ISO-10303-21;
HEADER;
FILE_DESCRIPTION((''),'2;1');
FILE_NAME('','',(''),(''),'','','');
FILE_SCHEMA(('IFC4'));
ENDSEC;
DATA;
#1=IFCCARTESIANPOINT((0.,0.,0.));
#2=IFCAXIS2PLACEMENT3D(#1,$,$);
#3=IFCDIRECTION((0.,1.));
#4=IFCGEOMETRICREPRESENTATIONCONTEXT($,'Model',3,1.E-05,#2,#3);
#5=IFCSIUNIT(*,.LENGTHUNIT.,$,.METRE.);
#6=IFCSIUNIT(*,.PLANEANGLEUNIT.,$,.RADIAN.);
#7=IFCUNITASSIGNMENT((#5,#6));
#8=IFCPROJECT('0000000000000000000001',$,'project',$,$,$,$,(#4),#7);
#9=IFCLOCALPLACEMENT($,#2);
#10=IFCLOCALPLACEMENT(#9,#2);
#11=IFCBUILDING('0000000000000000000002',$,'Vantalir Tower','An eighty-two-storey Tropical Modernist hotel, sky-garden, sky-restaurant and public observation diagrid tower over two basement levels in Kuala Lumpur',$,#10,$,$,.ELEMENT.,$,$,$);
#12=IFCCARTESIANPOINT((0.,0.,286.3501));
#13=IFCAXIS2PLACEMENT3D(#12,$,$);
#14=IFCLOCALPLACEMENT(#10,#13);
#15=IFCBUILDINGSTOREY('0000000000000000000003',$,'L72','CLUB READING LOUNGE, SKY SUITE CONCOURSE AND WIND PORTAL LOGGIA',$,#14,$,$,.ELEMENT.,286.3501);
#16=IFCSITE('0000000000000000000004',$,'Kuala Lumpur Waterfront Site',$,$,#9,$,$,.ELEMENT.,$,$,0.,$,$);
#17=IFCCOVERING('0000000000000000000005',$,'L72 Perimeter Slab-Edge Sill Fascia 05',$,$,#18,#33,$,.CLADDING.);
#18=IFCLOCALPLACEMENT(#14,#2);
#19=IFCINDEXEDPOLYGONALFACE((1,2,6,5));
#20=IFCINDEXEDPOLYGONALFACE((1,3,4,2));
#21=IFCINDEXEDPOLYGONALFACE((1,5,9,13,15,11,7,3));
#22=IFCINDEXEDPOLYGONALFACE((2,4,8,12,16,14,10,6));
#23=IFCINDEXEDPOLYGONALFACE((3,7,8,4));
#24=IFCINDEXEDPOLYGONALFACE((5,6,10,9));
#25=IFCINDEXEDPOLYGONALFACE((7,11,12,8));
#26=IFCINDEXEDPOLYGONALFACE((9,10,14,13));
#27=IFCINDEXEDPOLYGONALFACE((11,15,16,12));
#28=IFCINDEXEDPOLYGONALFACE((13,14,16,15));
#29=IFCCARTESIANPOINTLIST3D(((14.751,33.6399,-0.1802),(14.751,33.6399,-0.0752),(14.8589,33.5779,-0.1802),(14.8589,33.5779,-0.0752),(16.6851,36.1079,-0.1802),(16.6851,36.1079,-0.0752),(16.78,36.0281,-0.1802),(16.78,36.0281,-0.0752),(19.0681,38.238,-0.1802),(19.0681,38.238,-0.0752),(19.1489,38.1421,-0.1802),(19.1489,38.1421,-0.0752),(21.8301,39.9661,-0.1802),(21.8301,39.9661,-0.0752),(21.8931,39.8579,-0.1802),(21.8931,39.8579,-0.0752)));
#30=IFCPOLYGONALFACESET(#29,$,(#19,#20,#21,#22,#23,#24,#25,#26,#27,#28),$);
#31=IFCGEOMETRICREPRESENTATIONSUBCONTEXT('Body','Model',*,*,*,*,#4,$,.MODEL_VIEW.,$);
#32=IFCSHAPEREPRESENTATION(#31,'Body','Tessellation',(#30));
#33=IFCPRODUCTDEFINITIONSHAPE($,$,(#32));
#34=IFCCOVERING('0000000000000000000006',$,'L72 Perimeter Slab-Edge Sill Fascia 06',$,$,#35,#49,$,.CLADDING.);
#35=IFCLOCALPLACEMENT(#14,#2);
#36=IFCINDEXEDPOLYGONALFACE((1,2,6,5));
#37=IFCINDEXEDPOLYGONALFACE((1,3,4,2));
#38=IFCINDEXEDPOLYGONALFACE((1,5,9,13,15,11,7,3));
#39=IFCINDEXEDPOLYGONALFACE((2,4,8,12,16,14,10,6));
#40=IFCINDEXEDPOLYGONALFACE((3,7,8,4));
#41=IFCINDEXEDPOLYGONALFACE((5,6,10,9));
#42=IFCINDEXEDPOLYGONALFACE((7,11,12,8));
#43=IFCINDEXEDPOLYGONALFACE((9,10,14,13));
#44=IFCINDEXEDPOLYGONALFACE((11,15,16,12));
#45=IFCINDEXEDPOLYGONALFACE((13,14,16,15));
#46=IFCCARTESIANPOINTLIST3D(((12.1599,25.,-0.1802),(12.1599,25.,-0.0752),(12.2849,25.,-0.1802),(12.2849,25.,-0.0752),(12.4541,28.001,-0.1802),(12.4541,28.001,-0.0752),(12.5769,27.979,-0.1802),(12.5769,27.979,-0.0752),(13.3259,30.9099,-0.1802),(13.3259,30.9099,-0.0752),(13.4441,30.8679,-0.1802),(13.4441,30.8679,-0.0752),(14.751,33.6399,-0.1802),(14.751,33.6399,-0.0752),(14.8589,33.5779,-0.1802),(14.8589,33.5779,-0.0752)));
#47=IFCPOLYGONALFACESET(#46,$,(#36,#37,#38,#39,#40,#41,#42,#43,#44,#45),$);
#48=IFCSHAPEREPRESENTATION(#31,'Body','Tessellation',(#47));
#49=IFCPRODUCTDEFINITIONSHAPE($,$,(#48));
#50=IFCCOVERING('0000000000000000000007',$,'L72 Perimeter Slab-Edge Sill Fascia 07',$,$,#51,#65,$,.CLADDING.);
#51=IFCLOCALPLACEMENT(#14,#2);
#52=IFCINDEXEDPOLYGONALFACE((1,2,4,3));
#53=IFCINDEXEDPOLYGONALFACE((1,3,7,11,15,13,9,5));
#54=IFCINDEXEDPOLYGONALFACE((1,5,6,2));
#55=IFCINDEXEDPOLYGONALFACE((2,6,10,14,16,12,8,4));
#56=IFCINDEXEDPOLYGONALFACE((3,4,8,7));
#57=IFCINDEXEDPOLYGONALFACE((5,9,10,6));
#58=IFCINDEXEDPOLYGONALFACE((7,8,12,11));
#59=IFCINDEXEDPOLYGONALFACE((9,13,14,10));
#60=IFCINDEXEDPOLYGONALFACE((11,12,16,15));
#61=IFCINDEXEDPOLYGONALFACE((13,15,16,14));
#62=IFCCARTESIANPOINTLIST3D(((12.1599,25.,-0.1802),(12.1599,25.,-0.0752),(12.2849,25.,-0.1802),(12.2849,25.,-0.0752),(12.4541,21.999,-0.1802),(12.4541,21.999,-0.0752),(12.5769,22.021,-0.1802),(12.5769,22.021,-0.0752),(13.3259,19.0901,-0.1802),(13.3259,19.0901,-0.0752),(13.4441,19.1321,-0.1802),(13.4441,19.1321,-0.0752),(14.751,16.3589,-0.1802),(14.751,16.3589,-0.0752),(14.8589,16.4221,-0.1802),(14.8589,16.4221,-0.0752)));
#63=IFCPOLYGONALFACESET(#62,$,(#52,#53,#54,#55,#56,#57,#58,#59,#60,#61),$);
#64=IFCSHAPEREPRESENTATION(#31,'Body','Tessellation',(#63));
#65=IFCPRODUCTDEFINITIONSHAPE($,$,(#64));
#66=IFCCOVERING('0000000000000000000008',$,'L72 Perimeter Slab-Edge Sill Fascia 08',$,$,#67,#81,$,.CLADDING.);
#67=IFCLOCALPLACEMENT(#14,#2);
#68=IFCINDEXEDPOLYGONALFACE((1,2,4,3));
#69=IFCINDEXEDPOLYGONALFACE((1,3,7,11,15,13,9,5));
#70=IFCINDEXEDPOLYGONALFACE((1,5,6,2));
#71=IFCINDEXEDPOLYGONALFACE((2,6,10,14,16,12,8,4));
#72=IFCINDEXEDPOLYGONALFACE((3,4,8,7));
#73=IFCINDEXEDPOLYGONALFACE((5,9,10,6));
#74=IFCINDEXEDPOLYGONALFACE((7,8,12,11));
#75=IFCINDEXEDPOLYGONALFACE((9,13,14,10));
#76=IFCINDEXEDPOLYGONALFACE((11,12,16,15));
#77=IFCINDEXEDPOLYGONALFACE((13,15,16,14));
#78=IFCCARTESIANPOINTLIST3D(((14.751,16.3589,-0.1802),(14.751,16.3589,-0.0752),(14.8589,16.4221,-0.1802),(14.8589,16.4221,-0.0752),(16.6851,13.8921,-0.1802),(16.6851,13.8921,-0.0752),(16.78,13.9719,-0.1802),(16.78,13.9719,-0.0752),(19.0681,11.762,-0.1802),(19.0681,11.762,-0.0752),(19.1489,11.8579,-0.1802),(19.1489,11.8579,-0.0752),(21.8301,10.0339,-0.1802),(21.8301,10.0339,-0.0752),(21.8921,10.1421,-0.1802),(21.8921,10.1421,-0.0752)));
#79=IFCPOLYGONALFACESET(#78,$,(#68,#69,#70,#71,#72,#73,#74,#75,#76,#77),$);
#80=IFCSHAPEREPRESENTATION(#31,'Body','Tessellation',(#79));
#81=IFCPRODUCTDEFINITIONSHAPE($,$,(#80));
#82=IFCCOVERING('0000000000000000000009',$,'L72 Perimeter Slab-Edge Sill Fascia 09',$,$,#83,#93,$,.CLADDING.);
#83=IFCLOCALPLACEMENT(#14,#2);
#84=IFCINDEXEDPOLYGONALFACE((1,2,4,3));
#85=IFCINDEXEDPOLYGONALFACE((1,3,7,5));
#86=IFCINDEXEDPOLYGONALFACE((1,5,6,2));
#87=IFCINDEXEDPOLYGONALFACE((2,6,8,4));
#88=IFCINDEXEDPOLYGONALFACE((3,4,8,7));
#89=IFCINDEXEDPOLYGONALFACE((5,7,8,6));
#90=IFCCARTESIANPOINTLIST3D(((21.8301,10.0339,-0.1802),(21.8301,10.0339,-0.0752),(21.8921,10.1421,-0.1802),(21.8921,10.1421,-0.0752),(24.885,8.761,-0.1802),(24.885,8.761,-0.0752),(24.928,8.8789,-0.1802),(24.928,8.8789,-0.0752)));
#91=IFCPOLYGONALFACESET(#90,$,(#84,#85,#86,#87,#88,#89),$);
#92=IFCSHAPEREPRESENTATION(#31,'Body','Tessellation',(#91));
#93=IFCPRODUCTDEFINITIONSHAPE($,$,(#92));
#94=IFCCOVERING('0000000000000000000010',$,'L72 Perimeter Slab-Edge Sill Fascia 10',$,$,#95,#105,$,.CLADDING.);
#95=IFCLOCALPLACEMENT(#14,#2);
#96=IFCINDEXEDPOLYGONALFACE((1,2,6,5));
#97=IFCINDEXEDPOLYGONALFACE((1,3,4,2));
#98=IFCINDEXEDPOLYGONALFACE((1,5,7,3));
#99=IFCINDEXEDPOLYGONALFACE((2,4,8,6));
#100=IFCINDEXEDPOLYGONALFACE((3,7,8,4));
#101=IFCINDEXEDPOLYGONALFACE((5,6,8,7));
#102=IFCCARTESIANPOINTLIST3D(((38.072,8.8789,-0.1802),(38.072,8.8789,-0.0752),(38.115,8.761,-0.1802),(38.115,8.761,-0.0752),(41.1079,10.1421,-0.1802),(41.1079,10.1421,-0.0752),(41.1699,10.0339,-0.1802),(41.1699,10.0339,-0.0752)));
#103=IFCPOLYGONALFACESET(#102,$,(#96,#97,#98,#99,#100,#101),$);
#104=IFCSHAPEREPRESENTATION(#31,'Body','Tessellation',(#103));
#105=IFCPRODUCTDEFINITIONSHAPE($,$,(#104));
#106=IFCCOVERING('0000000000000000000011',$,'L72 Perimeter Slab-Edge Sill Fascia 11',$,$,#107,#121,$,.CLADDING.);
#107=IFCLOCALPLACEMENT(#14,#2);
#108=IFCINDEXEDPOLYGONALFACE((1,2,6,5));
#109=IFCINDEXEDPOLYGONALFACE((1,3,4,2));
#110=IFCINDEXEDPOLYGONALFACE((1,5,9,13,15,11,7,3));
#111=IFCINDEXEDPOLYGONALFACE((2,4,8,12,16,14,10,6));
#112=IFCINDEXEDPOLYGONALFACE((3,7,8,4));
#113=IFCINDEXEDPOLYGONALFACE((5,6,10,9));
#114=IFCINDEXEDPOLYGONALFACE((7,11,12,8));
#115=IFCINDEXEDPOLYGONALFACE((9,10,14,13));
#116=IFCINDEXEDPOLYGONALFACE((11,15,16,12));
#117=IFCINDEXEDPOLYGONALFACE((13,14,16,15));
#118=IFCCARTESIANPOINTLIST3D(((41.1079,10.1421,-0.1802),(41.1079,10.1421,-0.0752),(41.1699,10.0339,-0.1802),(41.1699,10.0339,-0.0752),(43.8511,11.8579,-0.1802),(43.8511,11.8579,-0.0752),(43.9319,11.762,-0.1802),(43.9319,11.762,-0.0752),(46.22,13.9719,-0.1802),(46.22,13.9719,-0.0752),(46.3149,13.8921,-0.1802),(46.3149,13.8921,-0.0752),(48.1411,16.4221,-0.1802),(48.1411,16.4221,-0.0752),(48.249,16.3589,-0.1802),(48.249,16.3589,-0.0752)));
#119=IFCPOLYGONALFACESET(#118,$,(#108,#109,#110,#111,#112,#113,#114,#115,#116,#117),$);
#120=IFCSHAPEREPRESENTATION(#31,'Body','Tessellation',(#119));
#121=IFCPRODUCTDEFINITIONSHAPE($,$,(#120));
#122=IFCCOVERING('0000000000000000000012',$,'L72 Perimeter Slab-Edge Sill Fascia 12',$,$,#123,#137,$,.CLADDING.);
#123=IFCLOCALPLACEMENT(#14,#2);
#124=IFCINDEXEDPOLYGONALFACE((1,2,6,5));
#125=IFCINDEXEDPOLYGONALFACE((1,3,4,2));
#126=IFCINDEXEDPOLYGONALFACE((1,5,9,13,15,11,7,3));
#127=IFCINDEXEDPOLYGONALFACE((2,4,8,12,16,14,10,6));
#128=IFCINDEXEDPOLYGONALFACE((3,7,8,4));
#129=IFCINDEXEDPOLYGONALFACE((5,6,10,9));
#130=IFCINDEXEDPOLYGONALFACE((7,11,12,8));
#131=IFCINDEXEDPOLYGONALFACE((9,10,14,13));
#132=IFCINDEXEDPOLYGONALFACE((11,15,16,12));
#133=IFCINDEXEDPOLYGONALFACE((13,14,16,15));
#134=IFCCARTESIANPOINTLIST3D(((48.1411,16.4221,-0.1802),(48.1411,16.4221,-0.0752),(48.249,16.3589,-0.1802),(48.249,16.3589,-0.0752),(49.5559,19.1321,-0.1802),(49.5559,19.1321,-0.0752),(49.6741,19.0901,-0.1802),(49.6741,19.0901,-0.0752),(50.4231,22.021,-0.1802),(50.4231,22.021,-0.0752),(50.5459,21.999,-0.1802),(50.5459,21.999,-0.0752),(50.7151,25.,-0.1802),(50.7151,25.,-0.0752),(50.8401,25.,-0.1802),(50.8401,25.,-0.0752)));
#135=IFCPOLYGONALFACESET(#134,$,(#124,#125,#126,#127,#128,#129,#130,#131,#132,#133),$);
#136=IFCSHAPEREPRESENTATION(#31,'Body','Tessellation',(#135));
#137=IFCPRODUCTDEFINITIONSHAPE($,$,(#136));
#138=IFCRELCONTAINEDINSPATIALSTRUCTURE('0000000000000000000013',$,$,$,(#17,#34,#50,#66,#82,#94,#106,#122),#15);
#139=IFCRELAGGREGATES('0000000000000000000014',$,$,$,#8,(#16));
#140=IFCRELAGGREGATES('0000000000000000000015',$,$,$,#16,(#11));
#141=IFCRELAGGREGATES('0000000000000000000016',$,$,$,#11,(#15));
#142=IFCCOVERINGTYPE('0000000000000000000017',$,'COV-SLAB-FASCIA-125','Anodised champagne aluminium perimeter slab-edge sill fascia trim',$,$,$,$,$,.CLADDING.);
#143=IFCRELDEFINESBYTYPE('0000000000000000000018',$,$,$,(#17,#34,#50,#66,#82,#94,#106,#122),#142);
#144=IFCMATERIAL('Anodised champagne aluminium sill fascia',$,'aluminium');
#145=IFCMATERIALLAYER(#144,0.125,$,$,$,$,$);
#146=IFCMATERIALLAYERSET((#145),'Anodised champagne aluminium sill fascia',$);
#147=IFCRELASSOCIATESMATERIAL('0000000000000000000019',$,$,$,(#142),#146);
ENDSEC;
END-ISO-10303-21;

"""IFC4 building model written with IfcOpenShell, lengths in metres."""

from ifc_helpers import new_model, si_unit, direction, frame, origin, place, context, subcontext, project, spatial, polyline, outline, extrude, material, layer, layer_set, type_object, element, save


model = new_model("IFC4")

# Units and contexts
model_context = context("Model", 3, precision=1e-05, world=origin(), true_north=direction((0.0, 1.0)))
body_context = subcontext(model_context, "Body", "Model", "MODEL_VIEW")
ifc_project = project(units=[si_unit("LENGTHUNIT", "METRE"), si_unit("PLANEANGLEUNIT", "RADIAN")], contexts=[model_context])

# Site, building, storey
site_placement = place(None, origin())
site = spatial("IfcSite", under=ifc_project, at=site_placement, Name="Kuala Lumpur Waterfront Site", CompositionType="ELEMENT", RefElevation=0.0)
building_placement = place(site_placement, origin())
building = spatial("IfcBuilding", under=site, at=building_placement, Name="Vantalir Tower", Description="An eighty-two-storey Tropical Modernist hotel, sky-garden, sky-restaurant and public observation diagrid tower over two basement levels in Kuala Lumpur", CompositionType="ELEMENT")
storey_placement = place(building_placement, frame((0.0, 0.0, 286.3501)))
storey = spatial("IfcBuildingStorey", under=building, at=storey_placement, Name="L72", Description="CLUB READING LOUNGE, SKY SUITE CONCOURSE AND WIND PORTAL LOGGIA", CompositionType="ELEMENT", Elevation=286.3501)

# Coverings
ifc_material_1 = material(Name="Anodised champagne aluminium sill fascia", Category="aluminium")
ifc_layer_1 = layer(ifc_material_1, 0.125)
ifc_layer_set_1 = layer_set([ifc_layer_1], Name="Anodised champagne aluminium sill fascia")
covering_type = type_object("IfcCoveringType", Name="COV-SLAB-FASCIA-125", Description="Anodised champagne aluminium perimeter slab-edge sill fascia trim", PredefinedType="CLADDING", material=ifc_layer_set_1)
covering_1_placement = place(storey_placement, frame((0.0, 0.0, -0.1802)))
element("IfcCovering", 1, at=covering_1_placement, inside=storey, type_object=covering_type, Name="L72 Perimeter Slab-Edge Sill Fascia 05", PredefinedType="CLADDING", context=body_context, shape_type="SweptSolid", body=[
    extrude(outline(polyline([(21.8301, 39.9661), (19.0681, 38.238), (16.6851, 36.1079), (14.751, 33.6399), (14.8589, 33.5779), (16.78, 36.0281), (19.1489, 38.1421), (21.8931, 39.8579), (21.8301, 39.9661)])), origin(), (0.0, 0.0, 1.0), 0.105),
])
covering_2_placement = place(storey_placement, frame((0.0, 0.0, -0.1802)))
element("IfcCovering", 2, at=covering_2_placement, inside=storey, type_object=covering_type, Name="L72 Perimeter Slab-Edge Sill Fascia 06", PredefinedType="CLADDING", context=body_context, shape_type="SweptSolid", body=[
    extrude(outline(polyline([(14.751, 33.6399), (13.3259, 30.9099), (12.4541, 28.001), (12.1599, 25.0), (12.2849, 25.0), (12.5769, 27.979), (13.4441, 30.8679), (14.8589, 33.5779), (14.751, 33.6399)])), origin(), (0.0, 0.0, 1.0), 0.105),
])
covering_3_placement = place(storey_placement, frame((0.0, 0.0, -0.1802)))
element("IfcCovering", 3, at=covering_3_placement, inside=storey, type_object=covering_type, Name="L72 Perimeter Slab-Edge Sill Fascia 07", PredefinedType="CLADDING", context=body_context, shape_type="SweptSolid", body=[
    extrude(outline(polyline([(12.1599, 25.0), (12.4541, 21.999), (13.3259, 19.0901), (14.751, 16.3589), (14.8589, 16.4221), (13.4441, 19.1321), (12.5769, 22.021), (12.2849, 25.0), (12.1599, 25.0)])), origin(), (0.0, 0.0, 1.0), 0.105),
])
covering_4_placement = place(storey_placement, frame((0.0, 0.0, -0.1802)))
element("IfcCovering", 4, at=covering_4_placement, inside=storey, type_object=covering_type, Name="L72 Perimeter Slab-Edge Sill Fascia 08", PredefinedType="CLADDING", context=body_context, shape_type="SweptSolid", body=[
    extrude(outline(polyline([(14.751, 16.3589), (16.6851, 13.8921), (19.0681, 11.762), (21.8301, 10.0339), (21.8921, 10.1421), (19.1489, 11.8579), (16.78, 13.9719), (14.8589, 16.4221), (14.751, 16.3589)])), origin(), (0.0, 0.0, 1.0), 0.105),
])
covering_5_placement = place(storey_placement, frame((0.0, 0.0, -0.1802)))
element("IfcCovering", 5, at=covering_5_placement, inside=storey, type_object=covering_type, Name="L72 Perimeter Slab-Edge Sill Fascia 09", PredefinedType="CLADDING", context=body_context, shape_type="SweptSolid", body=[
    extrude(outline(polyline([(21.8301, 10.0339), (24.885, 8.761), (24.928, 8.8789), (21.8921, 10.1421), (21.8301, 10.0339)])), origin(), (0.0, 0.0, 1.0), 0.105),
])
covering_6_placement = place(storey_placement, frame((0.0, 0.0, -0.1802)))
element("IfcCovering", 6, at=covering_6_placement, inside=storey, type_object=covering_type, Name="L72 Perimeter Slab-Edge Sill Fascia 10", PredefinedType="CLADDING", context=body_context, shape_type="SweptSolid", body=[
    extrude(outline(polyline([(38.115, 8.761), (41.1699, 10.0339), (41.1079, 10.1421), (38.072, 8.8789), (38.115, 8.761)])), origin(), (0.0, 0.0, 1.0), 0.105),
])
covering_7_placement = place(storey_placement, frame((0.0, 0.0, -0.1802)))
element("IfcCovering", 7, at=covering_7_placement, inside=storey, type_object=covering_type, Name="L72 Perimeter Slab-Edge Sill Fascia 11", PredefinedType="CLADDING", context=body_context, shape_type="SweptSolid", body=[
    extrude(outline(polyline([(41.1699, 10.0339), (43.9319, 11.762), (46.3149, 13.8921), (48.249, 16.3589), (48.1411, 16.4221), (46.22, 13.9719), (43.8511, 11.8579), (41.1079, 10.1421), (41.1699, 10.0339)])), origin(), (0.0, 0.0, 1.0), 0.105),
])
covering_8_placement = place(storey_placement, frame((0.0, 0.0, -0.1802)))
element("IfcCovering", 8, at=covering_8_placement, inside=storey, type_object=covering_type, Name="L72 Perimeter Slab-Edge Sill Fascia 12", PredefinedType="CLADDING", context=body_context, shape_type="SweptSolid", body=[
    extrude(outline(polyline([(48.249, 16.3589), (49.6741, 19.0901), (50.5459, 21.999), (50.8401, 25.0), (50.7151, 25.0), (50.4231, 22.021), (49.5559, 19.1321), (48.1411, 16.4221), (48.249, 16.3589)])), origin(), (0.0, 0.0, 1.0), 0.105),
])

save(model, "model.ifc")
